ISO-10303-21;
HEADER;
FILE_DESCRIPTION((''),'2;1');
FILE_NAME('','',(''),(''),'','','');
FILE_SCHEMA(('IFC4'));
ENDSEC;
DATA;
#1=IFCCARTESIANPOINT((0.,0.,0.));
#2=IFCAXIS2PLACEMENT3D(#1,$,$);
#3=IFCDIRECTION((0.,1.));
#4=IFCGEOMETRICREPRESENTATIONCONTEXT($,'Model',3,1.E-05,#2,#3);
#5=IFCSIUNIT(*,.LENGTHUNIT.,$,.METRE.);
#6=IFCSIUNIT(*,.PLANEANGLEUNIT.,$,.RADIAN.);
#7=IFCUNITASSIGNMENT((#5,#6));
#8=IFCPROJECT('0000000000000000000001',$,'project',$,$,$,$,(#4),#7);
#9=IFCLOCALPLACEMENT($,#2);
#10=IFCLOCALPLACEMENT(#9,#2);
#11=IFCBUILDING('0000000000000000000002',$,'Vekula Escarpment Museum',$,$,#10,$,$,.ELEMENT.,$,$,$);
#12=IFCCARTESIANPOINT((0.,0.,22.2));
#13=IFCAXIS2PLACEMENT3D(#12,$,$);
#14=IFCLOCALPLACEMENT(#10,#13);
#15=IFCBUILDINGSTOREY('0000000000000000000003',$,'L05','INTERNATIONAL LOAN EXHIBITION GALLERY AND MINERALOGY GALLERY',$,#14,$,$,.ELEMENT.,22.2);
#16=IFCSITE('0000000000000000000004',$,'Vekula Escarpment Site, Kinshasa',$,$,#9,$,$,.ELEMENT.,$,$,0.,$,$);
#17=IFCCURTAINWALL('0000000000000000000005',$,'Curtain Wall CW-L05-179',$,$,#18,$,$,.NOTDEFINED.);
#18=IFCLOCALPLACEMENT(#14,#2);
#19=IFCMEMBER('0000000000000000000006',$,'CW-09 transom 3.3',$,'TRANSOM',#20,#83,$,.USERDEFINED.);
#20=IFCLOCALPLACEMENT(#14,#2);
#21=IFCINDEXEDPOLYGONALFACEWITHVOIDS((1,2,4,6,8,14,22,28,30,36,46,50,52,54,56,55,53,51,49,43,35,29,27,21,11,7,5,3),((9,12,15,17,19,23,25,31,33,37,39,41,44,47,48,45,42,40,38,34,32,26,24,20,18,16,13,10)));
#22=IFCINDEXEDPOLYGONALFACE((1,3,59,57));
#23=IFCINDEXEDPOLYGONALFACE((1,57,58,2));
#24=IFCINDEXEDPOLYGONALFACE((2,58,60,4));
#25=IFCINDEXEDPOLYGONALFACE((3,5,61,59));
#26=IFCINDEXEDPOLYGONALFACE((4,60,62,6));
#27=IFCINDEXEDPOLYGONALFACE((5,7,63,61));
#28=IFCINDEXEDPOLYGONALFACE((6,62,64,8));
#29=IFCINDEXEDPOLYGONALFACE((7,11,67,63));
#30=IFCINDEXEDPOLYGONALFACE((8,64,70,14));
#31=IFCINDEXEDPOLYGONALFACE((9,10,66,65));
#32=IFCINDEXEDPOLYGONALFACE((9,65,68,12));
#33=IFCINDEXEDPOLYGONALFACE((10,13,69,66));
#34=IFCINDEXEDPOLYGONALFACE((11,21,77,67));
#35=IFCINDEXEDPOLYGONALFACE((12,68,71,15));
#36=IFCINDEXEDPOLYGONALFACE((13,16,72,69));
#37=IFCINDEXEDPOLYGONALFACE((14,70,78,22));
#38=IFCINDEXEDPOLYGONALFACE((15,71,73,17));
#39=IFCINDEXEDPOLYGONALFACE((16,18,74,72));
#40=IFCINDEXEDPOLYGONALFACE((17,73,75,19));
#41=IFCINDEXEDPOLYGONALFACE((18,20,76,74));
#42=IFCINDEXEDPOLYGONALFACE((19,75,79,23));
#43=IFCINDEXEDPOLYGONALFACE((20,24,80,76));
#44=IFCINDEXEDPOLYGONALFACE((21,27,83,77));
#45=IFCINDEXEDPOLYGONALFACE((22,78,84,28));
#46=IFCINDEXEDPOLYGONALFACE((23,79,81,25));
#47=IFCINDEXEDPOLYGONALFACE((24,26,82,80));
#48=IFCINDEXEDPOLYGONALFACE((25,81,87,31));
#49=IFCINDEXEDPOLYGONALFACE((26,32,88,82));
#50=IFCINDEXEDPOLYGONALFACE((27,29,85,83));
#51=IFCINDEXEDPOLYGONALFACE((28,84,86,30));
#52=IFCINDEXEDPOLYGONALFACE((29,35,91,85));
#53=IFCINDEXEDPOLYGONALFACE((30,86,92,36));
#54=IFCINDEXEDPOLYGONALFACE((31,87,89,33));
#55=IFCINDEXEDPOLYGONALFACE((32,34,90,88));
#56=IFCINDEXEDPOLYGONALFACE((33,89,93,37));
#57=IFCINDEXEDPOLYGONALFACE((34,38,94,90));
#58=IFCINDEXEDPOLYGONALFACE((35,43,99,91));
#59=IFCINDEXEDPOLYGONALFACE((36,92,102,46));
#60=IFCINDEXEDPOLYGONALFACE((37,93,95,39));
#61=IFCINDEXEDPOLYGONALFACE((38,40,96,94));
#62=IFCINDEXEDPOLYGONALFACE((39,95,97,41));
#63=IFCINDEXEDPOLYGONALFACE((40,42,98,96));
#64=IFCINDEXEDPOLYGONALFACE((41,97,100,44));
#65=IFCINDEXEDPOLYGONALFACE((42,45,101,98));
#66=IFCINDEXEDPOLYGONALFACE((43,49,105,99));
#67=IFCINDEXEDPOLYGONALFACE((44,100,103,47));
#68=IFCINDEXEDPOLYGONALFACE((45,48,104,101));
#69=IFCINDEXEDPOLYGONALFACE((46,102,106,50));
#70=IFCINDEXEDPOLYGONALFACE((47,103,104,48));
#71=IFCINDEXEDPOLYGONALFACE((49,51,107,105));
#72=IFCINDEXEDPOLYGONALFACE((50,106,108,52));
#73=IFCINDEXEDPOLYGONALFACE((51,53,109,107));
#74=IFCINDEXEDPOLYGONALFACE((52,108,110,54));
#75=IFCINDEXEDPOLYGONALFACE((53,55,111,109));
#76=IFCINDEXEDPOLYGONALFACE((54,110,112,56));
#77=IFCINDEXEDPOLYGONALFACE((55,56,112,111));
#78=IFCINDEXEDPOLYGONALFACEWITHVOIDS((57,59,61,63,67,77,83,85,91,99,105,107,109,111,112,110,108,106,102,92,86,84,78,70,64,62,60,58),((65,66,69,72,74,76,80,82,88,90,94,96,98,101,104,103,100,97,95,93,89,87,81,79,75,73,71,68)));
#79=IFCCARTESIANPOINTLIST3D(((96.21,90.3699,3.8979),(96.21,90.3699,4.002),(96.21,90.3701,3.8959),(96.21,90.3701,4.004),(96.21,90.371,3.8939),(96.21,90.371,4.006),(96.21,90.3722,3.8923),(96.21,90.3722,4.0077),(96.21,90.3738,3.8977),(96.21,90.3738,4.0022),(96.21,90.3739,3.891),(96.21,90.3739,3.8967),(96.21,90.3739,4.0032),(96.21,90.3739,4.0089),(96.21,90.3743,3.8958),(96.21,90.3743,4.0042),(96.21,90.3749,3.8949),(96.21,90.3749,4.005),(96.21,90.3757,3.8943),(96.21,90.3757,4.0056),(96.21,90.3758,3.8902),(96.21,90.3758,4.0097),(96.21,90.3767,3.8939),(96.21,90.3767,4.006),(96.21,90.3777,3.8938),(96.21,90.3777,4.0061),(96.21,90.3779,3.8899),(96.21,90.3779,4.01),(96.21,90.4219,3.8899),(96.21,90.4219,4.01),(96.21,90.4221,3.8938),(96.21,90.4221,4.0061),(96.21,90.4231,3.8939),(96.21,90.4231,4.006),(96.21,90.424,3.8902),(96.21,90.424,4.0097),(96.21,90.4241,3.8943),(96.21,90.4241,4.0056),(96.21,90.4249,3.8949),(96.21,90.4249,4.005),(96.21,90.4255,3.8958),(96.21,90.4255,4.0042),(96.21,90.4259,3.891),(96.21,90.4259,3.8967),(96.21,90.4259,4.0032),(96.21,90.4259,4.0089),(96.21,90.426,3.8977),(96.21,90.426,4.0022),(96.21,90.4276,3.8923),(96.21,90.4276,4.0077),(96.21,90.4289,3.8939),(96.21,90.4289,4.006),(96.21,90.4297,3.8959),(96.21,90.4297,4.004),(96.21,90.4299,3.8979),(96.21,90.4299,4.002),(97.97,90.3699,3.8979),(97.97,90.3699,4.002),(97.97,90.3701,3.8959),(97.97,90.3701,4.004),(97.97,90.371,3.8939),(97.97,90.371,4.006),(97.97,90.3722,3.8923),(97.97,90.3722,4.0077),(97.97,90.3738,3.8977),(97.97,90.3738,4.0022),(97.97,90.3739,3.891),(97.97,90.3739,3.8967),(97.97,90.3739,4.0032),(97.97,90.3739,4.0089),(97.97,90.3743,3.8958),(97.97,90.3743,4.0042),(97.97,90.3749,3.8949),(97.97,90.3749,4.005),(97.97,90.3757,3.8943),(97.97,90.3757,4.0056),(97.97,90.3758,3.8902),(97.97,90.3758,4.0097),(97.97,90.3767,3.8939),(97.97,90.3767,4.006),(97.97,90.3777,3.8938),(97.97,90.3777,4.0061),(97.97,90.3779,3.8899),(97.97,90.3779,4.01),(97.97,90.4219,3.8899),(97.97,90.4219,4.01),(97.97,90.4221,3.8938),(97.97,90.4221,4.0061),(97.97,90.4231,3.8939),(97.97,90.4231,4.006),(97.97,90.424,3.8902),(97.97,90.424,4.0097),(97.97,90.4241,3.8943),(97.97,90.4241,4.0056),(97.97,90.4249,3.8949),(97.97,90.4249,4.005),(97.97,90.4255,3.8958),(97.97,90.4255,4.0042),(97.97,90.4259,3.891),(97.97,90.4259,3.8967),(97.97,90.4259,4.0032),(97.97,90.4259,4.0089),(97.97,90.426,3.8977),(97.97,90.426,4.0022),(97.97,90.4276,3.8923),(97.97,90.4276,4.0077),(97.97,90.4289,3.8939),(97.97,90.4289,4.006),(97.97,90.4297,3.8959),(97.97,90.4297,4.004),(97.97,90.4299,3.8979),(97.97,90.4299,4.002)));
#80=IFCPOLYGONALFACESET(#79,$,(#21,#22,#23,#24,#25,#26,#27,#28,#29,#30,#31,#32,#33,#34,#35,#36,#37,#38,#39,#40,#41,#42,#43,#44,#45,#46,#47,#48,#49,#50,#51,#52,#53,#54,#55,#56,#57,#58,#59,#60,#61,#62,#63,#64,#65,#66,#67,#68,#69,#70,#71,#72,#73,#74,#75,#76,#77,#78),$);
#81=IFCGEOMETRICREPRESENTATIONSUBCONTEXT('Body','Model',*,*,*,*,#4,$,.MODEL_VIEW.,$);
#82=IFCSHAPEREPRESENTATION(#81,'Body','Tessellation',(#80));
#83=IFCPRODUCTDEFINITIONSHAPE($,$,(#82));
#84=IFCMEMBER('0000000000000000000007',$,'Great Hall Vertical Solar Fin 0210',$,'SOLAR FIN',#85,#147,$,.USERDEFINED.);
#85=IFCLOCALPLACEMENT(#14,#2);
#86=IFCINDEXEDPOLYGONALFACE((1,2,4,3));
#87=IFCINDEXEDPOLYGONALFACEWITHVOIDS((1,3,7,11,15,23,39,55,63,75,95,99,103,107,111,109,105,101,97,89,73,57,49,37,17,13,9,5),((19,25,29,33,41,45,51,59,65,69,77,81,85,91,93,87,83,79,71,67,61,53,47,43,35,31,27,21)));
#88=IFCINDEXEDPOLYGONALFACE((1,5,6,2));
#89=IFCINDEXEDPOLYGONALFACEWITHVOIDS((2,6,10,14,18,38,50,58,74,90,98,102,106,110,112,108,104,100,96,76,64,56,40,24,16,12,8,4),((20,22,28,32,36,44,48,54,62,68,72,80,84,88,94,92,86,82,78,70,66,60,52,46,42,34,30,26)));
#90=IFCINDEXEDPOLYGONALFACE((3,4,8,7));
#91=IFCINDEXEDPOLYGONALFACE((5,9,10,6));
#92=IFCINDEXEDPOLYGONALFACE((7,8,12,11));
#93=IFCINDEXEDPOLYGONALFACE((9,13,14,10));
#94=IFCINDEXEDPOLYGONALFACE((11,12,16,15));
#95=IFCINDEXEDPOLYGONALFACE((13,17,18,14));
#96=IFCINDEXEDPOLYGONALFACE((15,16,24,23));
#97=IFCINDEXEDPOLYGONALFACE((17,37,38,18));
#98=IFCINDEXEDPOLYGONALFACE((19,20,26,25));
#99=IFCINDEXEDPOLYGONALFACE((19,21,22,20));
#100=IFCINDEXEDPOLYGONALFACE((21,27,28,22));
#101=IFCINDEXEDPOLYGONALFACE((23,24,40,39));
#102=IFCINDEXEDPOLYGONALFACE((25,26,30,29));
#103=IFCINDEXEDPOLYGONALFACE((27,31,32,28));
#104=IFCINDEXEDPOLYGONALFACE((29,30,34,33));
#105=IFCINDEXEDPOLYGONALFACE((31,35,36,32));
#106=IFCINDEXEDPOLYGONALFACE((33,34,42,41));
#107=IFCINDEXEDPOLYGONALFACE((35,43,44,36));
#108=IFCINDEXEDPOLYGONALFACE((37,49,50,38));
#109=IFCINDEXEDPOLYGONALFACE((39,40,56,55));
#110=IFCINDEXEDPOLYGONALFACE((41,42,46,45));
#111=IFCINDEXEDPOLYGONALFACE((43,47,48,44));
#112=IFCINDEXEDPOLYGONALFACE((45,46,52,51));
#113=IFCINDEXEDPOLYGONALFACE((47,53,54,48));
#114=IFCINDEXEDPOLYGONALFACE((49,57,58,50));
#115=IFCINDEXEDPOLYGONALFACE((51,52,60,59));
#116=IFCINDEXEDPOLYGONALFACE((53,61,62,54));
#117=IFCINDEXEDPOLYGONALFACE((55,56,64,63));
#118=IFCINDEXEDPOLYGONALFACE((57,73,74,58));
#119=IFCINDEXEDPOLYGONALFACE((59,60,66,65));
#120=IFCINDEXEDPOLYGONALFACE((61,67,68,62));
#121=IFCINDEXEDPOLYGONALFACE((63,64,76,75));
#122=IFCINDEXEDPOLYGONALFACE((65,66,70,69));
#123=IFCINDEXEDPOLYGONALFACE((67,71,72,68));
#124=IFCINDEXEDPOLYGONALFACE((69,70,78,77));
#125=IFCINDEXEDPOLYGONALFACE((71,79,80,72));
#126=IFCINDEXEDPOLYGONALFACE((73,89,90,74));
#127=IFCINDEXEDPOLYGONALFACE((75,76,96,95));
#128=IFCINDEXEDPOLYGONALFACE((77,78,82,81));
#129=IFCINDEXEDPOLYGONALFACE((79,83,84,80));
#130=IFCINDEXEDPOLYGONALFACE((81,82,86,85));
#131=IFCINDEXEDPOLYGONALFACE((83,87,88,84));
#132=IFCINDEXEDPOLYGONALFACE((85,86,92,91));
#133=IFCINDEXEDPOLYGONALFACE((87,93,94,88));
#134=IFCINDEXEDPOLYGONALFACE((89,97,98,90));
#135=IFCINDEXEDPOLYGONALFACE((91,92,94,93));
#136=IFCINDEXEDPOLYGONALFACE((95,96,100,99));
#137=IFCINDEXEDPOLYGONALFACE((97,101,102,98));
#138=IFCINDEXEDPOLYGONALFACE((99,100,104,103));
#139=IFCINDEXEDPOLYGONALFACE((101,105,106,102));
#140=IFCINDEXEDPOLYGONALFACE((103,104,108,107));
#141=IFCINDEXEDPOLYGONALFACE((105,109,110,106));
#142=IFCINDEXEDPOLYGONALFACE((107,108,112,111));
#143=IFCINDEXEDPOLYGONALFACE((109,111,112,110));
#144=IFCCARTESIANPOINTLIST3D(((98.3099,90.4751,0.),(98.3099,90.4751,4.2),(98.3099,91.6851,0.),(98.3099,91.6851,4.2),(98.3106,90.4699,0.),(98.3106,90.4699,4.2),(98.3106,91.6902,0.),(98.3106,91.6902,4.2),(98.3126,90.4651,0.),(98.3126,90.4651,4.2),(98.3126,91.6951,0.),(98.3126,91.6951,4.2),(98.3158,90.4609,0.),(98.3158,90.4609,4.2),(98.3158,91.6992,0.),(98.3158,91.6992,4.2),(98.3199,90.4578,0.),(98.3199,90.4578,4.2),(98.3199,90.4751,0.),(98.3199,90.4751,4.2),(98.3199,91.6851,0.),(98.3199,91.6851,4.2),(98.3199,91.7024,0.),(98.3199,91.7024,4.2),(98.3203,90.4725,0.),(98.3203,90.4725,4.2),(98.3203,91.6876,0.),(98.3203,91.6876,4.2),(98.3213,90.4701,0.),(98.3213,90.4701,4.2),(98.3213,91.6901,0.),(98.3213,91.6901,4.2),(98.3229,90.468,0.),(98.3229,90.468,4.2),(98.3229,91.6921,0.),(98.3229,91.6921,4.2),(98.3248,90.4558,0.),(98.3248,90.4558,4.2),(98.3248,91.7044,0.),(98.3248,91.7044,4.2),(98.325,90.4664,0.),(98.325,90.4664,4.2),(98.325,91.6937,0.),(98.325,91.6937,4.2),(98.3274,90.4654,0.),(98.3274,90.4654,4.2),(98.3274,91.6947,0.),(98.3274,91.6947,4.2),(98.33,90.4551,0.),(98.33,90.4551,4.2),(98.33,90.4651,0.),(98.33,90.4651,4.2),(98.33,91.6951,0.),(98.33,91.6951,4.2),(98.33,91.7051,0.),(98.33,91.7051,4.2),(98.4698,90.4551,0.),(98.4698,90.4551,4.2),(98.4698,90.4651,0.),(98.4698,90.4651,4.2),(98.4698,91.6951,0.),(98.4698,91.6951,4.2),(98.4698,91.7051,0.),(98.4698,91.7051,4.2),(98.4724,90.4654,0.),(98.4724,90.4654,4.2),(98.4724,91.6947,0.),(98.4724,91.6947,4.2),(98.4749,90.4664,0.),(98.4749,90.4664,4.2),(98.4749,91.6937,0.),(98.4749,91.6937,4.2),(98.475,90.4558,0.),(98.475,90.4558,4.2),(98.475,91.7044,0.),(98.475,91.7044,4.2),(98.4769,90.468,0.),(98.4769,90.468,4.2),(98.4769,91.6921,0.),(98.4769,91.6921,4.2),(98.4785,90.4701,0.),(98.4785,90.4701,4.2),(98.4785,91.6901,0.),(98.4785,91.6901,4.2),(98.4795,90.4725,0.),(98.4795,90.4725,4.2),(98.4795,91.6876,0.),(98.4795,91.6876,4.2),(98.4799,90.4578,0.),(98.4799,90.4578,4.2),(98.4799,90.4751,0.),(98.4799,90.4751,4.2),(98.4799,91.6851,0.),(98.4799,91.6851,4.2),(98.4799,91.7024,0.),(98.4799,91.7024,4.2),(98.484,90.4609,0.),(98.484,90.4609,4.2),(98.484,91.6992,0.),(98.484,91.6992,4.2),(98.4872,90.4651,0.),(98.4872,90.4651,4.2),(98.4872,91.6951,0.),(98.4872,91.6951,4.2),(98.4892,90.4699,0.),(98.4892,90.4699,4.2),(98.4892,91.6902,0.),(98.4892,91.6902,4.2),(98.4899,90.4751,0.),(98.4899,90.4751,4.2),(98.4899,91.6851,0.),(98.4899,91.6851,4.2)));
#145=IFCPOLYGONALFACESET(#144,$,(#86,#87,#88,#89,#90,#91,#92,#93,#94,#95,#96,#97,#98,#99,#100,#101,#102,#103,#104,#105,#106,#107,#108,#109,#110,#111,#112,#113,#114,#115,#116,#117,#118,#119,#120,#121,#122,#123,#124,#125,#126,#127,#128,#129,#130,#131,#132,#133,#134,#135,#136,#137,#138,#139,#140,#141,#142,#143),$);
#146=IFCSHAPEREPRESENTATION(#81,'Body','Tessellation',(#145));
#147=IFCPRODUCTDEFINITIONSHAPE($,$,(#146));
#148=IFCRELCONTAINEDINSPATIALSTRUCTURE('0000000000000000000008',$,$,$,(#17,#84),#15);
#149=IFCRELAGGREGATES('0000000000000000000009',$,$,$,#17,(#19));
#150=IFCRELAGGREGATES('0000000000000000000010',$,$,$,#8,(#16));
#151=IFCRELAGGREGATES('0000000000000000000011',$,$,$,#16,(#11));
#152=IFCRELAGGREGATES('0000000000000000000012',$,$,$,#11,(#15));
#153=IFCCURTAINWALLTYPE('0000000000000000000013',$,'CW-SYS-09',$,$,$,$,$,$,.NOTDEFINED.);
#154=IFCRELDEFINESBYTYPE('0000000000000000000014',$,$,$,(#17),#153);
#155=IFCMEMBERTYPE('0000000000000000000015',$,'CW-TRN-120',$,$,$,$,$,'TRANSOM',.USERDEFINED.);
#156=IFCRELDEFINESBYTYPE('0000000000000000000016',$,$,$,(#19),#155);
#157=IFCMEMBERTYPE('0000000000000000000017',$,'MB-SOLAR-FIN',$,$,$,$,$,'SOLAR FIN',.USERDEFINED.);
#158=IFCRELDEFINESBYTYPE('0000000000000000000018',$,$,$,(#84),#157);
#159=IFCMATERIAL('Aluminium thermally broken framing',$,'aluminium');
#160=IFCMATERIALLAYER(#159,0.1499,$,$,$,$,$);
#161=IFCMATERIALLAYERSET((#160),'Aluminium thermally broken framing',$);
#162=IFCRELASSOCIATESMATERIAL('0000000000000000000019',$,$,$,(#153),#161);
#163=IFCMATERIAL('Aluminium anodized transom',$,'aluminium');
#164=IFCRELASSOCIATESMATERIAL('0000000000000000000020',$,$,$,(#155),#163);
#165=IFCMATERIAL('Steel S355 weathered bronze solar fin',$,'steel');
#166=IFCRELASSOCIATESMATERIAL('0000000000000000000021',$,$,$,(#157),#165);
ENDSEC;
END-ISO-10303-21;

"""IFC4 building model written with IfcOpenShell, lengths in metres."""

from ifc_helpers import new_model, si_unit, direction, frame, origin, origin_2d, place, context, subcontext, project, spatial, hollow_rectangle, extrude, material, layer, layer_set, material_profile, profile_set, type_object, element, aggregate, save


model = new_model("IFC4")

# Units and contexts
model_context = context("Model", 3, precision=1e-05, world=origin(), true_north=direction((0.0, 1.0)))
body_context = subcontext(model_context, "Body", "Model", "MODEL_VIEW")
ifc_project = project(units=[si_unit("LENGTHUNIT", "METRE"), si_unit("PLANEANGLEUNIT", "RADIAN")], contexts=[model_context])

# Site, building, storey
site_placement = place(None, origin())
site = spatial("IfcSite", under=ifc_project, at=site_placement, Name="Vekula Escarpment Site, Kinshasa", CompositionType="ELEMENT", RefElevation=0.0)
building_placement = place(site_placement, origin())
building = spatial("IfcBuilding", under=site, at=building_placement, Name="Vekula Escarpment Museum", CompositionType="ELEMENT")
storey_placement = place(building_placement, frame((0.0, 0.0, 22.2)))
storey = spatial("IfcBuildingStorey", under=building, at=storey_placement, Name="L05", Description="INTERNATIONAL LOAN EXHIBITION GALLERY AND MINERALOGY GALLERY", CompositionType="ELEMENT", Elevation=22.2)

# Curtain wall, member
ifc_material_1 = material(Name="Aluminium thermally broken framing", Category="aluminium")
ifc_layer_1 = layer(ifc_material_1, 0.1499)
ifc_layer_set_1 = layer_set([ifc_layer_1], Name="Aluminium thermally broken framing")
curtain_wall_type_1 = type_object("IfcCurtainWallType", Name="CW-SYS-09", PredefinedType="NOTDEFINED", material=ifc_layer_set_1)
curtain_wall_1_placement = place(storey_placement, origin())
curtain_wall_1 = element("IfcCurtainWall", 1, at=curtain_wall_1_placement, inside=storey, type_object=curtain_wall_type_1, Name="Curtain Wall CW-L05-179", PredefinedType="NOTDEFINED")
ifc_material_2 = material(Name="Aluminium anodized transom", Category="aluminium")
ifc_material_profile_1 = material_profile(ifc_material_2, hollow_rectangle(XDim=0.0601, YDim=0.1201, WallThickness=0.0039, InnerFilletRadius=0.0039, OuterFilletRadius=0.0081, at=origin_2d()), Name="ALU 120x60x4")
ifc_profile_set_1 = profile_set([ifc_material_profile_1], Name="Aluminium anodized transom")
member_type_1 = type_object("IfcMemberType", Name="CW-TRN-120", ElementType="TRANSOM", PredefinedType="USERDEFINED", material=ifc_profile_set_1)
member_1_placement = place(storey_placement, frame((97.97, 90.3999, 3.95), z_axis=(-1.0, 0.0, 0.0), x_axis=(0.0, -1.0, 0.0)))
member_1 = element("IfcMember", 2, at=member_1_placement, type_object=member_type_1, Name="CW-09 transom 3.3", ObjectType="TRANSOM", PredefinedType="USERDEFINED", context=body_context, shape_type="SweptSolid", body=[
    extrude(hollow_rectangle(XDim=0.0601, YDim=0.1201, WallThickness=0.0039, InnerFilletRadius=0.0039, OuterFilletRadius=0.0081, at=origin_2d()), origin(), (0.0, 0.0, 1.0), 1.76),
])

# Member
ifc_material_3 = material(Name="Steel S355 weathered bronze solar fin", Category="steel")
ifc_material_profile_2 = material_profile(ifc_material_3, hollow_rectangle(XDim=0.1799, YDim=1.25, WallThickness=0.01, InnerFilletRadius=0.01, OuterFilletRadius=0.02, at=origin_2d()), Name="RHS 1250x180x10")
ifc_profile_set_2 = profile_set([ifc_material_profile_2], Name="Steel S355 weathered bronze solar fin")
member_type_2 = type_object("IfcMemberType", Name="MB-SOLAR-FIN", ElementType="SOLAR FIN", PredefinedType="USERDEFINED", material=ifc_profile_set_2)
for number, where, z_axis, x_axis, name in (
    (3, (98.3999, 91.0801, 0.0), (0.0, 0.0, 1.0), (1.0, 0.0, 0.0), "Great Hall Vertical Solar Fin 0210"),
):
    element("IfcMember", number, at=place(storey_placement, frame(where, z_axis=z_axis, x_axis=x_axis)), inside=storey, type_object=member_type_2, Name=name, ObjectType="SOLAR FIN", PredefinedType="USERDEFINED", context=body_context, shape_type="SweptSolid", body=[
        extrude(hollow_rectangle(XDim=0.1799, YDim=1.25, WallThickness=0.01, InnerFilletRadius=0.01, OuterFilletRadius=0.02, at=origin_2d()), origin(), (0.0, 0.0, 1.0), 4.2),
    ])

aggregate(curtain_wall_1, [member_1])

save(model, "model.ifc")
